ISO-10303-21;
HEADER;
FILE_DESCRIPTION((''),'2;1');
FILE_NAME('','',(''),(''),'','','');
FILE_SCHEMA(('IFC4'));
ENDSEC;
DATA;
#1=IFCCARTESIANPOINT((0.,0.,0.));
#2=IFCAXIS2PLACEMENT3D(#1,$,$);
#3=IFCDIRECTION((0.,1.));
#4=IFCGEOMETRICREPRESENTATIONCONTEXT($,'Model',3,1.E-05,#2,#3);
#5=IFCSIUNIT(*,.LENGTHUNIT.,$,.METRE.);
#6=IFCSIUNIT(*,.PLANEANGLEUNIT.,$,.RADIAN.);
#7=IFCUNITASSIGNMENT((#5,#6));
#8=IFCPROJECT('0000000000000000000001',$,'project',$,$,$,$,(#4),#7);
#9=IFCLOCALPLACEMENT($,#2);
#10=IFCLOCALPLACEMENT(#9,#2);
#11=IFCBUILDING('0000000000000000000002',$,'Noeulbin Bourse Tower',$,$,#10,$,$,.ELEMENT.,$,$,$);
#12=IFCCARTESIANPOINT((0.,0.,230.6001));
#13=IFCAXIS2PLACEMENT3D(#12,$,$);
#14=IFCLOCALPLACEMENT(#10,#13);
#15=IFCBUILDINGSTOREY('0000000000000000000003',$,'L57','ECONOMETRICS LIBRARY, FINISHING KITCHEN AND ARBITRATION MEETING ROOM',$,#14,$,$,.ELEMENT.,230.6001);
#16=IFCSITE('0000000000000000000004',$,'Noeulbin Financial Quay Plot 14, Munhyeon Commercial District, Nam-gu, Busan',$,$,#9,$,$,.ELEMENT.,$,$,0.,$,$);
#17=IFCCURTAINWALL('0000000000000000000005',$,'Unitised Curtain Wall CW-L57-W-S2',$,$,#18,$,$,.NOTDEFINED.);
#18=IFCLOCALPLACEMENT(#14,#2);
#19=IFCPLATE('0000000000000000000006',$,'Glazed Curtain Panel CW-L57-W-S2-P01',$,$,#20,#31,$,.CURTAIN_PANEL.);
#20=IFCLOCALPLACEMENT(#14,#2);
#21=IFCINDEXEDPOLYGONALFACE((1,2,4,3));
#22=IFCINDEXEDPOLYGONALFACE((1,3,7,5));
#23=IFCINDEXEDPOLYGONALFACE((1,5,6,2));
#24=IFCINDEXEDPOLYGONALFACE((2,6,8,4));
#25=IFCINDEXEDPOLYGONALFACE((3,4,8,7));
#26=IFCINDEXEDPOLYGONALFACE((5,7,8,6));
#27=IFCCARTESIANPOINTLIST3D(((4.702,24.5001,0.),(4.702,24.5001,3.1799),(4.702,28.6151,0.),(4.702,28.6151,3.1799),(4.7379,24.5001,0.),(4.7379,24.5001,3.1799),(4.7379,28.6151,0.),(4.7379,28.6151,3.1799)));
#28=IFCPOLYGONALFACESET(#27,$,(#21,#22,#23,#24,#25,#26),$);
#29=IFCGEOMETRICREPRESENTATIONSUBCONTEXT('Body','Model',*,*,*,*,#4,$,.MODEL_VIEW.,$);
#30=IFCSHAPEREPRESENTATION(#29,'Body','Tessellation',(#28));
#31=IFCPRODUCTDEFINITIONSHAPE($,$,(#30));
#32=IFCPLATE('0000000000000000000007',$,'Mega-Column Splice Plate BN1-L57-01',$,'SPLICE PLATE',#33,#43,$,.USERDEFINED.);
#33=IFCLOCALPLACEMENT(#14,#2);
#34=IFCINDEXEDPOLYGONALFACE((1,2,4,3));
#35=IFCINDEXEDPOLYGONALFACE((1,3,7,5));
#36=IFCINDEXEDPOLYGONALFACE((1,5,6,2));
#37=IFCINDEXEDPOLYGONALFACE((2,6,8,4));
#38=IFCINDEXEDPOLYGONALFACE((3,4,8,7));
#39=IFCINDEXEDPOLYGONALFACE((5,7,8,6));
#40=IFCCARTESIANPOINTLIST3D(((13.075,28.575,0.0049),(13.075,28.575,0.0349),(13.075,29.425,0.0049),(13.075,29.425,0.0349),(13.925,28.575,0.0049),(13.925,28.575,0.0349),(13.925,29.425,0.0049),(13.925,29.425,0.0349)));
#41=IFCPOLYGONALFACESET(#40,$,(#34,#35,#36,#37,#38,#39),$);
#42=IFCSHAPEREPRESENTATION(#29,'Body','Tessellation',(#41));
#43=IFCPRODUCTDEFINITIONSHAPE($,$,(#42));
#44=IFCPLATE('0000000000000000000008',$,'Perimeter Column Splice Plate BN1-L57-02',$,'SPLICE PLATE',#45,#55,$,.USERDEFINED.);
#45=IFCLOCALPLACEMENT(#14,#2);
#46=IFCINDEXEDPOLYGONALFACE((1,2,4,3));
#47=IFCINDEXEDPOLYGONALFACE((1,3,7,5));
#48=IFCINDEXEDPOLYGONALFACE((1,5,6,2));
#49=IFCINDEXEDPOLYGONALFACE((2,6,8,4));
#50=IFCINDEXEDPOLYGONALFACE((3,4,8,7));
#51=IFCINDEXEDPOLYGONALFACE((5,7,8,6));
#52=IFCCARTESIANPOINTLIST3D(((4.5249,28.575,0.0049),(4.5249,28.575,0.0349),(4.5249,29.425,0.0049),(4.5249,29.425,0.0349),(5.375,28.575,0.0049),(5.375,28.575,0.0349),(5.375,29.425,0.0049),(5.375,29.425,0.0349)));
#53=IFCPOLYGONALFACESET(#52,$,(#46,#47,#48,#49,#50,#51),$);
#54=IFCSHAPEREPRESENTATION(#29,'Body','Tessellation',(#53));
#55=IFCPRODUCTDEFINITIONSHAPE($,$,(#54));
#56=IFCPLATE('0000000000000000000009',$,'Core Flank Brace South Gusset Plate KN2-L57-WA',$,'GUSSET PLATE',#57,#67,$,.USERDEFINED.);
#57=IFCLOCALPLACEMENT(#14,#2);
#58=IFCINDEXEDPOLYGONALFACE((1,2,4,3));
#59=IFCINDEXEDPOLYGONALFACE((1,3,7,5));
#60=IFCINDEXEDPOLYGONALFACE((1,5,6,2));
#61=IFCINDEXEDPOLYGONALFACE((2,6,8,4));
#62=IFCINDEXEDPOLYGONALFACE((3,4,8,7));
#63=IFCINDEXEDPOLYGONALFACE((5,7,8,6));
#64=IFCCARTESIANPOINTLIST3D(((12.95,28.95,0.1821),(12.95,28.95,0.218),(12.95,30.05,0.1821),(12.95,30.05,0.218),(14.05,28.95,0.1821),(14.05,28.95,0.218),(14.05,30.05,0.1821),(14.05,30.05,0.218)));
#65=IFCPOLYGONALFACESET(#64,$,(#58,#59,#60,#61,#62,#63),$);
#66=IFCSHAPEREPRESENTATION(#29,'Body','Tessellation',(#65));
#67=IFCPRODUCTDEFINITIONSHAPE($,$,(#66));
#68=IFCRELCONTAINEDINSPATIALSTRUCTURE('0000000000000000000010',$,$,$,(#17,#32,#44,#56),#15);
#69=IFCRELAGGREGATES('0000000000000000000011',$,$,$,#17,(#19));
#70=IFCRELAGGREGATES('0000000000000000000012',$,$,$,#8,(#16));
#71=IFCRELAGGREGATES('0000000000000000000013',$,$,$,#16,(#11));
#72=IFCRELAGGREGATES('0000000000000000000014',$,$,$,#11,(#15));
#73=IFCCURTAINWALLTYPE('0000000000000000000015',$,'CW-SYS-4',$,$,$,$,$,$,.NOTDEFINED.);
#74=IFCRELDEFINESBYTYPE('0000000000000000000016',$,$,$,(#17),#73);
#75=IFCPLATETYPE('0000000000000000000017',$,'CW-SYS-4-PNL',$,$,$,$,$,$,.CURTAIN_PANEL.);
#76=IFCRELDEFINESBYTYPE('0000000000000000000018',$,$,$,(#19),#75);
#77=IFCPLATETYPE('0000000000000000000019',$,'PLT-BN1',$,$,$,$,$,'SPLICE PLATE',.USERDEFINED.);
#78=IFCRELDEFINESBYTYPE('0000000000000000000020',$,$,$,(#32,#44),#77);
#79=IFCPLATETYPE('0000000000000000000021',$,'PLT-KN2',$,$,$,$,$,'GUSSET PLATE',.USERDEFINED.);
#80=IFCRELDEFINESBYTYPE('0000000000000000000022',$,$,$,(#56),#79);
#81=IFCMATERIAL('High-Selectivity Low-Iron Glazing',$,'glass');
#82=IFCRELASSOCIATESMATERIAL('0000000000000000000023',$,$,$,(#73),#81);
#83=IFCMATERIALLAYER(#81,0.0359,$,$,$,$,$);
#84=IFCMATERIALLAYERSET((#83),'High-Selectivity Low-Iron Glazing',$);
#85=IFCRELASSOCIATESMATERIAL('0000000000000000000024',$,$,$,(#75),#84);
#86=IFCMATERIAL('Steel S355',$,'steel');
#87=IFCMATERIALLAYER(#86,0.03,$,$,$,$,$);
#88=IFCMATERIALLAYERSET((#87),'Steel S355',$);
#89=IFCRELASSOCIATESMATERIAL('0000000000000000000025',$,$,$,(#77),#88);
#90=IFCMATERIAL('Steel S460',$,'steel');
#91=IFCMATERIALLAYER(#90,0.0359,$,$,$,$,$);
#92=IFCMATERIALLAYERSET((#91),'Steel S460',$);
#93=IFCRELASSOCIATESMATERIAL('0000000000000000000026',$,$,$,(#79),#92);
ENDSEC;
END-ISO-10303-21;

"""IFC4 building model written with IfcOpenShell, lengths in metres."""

from ifc_helpers import new_model, si_unit, direction, frame, origin, origin_2d, place, context, subcontext, project, spatial, rectangle, extrude, material, layer, layer_set, type_object, element, aggregate, save


model = new_model("IFC4")

# Units and contexts
model_context = context("Model", 3, precision=1e-05, world=origin(), true_north=direction((0.0, 1.0)))
body_context = subcontext(model_context, "Body", "Model", "MODEL_VIEW")
ifc_project = project(units=[si_unit("LENGTHUNIT", "METRE"), si_unit("PLANEANGLEUNIT", "RADIAN")], contexts=[model_context])

# Site, building, storey
site_placement = place(None, origin())
site = spatial("IfcSite", under=ifc_project, at=site_placement, Name="Noeulbin Financial Quay Plot 14, Munhyeon Commercial District, Nam-gu, Busan", CompositionType="ELEMENT", RefElevation=0.0)
building_placement = place(site_placement, origin())
building = spatial("IfcBuilding", under=site, at=building_placement, Name="Noeulbin Bourse Tower", CompositionType="ELEMENT")
storey_placement = place(building_placement, frame((0.0, 0.0, 230.6001)))
storey = spatial("IfcBuildingStorey", under=building, at=storey_placement, Name="L57", Description="ECONOMETRICS LIBRARY, FINISHING KITCHEN AND ARBITRATION MEETING ROOM", CompositionType="ELEMENT", Elevation=230.6001)

# Shared definitions
ifc_material_1 = material(Name="Steel S355", Category="steel")

# Shared definitions
ifc_material_2 = material(Name="Steel S460", Category="steel")

# Curtain wall
ifc_material_3 = material(Name="High-Selectivity Low-Iron Glazing", Category="glass")
curtain_wall_type = type_object("IfcCurtainWallType", Name="CW-SYS-4", PredefinedType="NOTDEFINED", material=ifc_material_3)
curtain_wall_1_placement = place(storey_placement, origin())
curtain_wall_1 = element("IfcCurtainWall", 1, at=curtain_wall_1_placement, inside=storey, type_object=curtain_wall_type, Name="Unitised Curtain Wall CW-L57-W-S2", PredefinedType="NOTDEFINED")

# Plate
ifc_layer_1 = layer(ifc_material_3, 0.0359)
ifc_layer_set_1 = layer_set([ifc_layer_1], Name="High-Selectivity Low-Iron Glazing")
plate_type_1 = type_object("IfcPlateType", Name="CW-SYS-4-PNL", PredefinedType="CURTAIN_PANEL", material=ifc_layer_set_1)
plate_1_placement = place(storey_placement, frame((4.72, 26.5576, 0.0), z_axis=(0.0, 0.0, 1.0), x_axis=(0.0, 1.0, 0.0)))
plate_1 = element("IfcPlate", 2, at=plate_1_placement, type_object=plate_type_1, Name="Glazed Curtain Panel CW-L57-W-S2-P01", PredefinedType="CURTAIN_PANEL", context=body_context, shape_type="SweptSolid", body=[
    extrude(rectangle(XDim=4.115, YDim=0.0359, at=origin_2d()), origin(), (0.0, 0.0, 1.0), 3.1799),
])
aggregate(curtain_wall_1, [plate_1])

# Plates
ifc_layer_2 = layer(ifc_material_1, 0.03)
ifc_layer_set_2 = layer_set([ifc_layer_2], Name="Steel S355")
plate_type_2 = type_object("IfcPlateType", Name="PLT-BN1", ElementType="SPLICE PLATE", PredefinedType="USERDEFINED", material=ifc_layer_set_2)
for number, where, z_axis, x_axis, name in (
    (3, (13.5, 29.0, 0.0049), (0.0, 0.0, 1.0), (1.0, 0.0, 0.0), "Mega-Column Splice Plate BN1-L57-01"),
    (4, (4.95, 29.0, 0.0049), (0.0, 0.0, 1.0), (1.0, 0.0, 0.0), "Perimeter Column Splice Plate BN1-L57-02"),
):
    element("IfcPlate", number, at=place(storey_placement, frame(where, z_axis=z_axis, x_axis=x_axis)), inside=storey, type_object=plate_type_2, Name=name, ObjectType="SPLICE PLATE", PredefinedType="USERDEFINED", context=body_context, shape_type="SweptSolid", body=[
        extrude(rectangle(XDim=0.8501, YDim=0.8501, at=origin_2d()), origin(), (0.0, 0.0, 1.0), 0.03),
    ])
ifc_layer_3 = layer(ifc_material_2, 0.0359)
ifc_layer_set_3 = layer_set([ifc_layer_3], Name="Steel S460")
plate_type_3 = type_object("IfcPlateType", Name="PLT-KN2", ElementType="GUSSET PLATE", PredefinedType="USERDEFINED", material=ifc_layer_set_3)
plate_2_placement = place(storey_placement, frame((13.5, 29.5, 0.1821), z_axis=(0.0, 0.0, 1.0), x_axis=(1.0, 0.0, 0.0)))
element("IfcPlate", 5, at=plate_2_placement, inside=storey, type_object=plate_type_3, Name="Core Flank Brace South Gusset Plate KN2-L57-WA", ObjectType="GUSSET PLATE", PredefinedType="USERDEFINED", context=body_context, shape_type="SweptSolid", body=[
    extrude(rectangle(XDim=1.1001, YDim=1.1001, at=origin_2d()), origin(), (0.0, 0.0, 1.0), 0.0359),
])

save(model, "model.ifc")
